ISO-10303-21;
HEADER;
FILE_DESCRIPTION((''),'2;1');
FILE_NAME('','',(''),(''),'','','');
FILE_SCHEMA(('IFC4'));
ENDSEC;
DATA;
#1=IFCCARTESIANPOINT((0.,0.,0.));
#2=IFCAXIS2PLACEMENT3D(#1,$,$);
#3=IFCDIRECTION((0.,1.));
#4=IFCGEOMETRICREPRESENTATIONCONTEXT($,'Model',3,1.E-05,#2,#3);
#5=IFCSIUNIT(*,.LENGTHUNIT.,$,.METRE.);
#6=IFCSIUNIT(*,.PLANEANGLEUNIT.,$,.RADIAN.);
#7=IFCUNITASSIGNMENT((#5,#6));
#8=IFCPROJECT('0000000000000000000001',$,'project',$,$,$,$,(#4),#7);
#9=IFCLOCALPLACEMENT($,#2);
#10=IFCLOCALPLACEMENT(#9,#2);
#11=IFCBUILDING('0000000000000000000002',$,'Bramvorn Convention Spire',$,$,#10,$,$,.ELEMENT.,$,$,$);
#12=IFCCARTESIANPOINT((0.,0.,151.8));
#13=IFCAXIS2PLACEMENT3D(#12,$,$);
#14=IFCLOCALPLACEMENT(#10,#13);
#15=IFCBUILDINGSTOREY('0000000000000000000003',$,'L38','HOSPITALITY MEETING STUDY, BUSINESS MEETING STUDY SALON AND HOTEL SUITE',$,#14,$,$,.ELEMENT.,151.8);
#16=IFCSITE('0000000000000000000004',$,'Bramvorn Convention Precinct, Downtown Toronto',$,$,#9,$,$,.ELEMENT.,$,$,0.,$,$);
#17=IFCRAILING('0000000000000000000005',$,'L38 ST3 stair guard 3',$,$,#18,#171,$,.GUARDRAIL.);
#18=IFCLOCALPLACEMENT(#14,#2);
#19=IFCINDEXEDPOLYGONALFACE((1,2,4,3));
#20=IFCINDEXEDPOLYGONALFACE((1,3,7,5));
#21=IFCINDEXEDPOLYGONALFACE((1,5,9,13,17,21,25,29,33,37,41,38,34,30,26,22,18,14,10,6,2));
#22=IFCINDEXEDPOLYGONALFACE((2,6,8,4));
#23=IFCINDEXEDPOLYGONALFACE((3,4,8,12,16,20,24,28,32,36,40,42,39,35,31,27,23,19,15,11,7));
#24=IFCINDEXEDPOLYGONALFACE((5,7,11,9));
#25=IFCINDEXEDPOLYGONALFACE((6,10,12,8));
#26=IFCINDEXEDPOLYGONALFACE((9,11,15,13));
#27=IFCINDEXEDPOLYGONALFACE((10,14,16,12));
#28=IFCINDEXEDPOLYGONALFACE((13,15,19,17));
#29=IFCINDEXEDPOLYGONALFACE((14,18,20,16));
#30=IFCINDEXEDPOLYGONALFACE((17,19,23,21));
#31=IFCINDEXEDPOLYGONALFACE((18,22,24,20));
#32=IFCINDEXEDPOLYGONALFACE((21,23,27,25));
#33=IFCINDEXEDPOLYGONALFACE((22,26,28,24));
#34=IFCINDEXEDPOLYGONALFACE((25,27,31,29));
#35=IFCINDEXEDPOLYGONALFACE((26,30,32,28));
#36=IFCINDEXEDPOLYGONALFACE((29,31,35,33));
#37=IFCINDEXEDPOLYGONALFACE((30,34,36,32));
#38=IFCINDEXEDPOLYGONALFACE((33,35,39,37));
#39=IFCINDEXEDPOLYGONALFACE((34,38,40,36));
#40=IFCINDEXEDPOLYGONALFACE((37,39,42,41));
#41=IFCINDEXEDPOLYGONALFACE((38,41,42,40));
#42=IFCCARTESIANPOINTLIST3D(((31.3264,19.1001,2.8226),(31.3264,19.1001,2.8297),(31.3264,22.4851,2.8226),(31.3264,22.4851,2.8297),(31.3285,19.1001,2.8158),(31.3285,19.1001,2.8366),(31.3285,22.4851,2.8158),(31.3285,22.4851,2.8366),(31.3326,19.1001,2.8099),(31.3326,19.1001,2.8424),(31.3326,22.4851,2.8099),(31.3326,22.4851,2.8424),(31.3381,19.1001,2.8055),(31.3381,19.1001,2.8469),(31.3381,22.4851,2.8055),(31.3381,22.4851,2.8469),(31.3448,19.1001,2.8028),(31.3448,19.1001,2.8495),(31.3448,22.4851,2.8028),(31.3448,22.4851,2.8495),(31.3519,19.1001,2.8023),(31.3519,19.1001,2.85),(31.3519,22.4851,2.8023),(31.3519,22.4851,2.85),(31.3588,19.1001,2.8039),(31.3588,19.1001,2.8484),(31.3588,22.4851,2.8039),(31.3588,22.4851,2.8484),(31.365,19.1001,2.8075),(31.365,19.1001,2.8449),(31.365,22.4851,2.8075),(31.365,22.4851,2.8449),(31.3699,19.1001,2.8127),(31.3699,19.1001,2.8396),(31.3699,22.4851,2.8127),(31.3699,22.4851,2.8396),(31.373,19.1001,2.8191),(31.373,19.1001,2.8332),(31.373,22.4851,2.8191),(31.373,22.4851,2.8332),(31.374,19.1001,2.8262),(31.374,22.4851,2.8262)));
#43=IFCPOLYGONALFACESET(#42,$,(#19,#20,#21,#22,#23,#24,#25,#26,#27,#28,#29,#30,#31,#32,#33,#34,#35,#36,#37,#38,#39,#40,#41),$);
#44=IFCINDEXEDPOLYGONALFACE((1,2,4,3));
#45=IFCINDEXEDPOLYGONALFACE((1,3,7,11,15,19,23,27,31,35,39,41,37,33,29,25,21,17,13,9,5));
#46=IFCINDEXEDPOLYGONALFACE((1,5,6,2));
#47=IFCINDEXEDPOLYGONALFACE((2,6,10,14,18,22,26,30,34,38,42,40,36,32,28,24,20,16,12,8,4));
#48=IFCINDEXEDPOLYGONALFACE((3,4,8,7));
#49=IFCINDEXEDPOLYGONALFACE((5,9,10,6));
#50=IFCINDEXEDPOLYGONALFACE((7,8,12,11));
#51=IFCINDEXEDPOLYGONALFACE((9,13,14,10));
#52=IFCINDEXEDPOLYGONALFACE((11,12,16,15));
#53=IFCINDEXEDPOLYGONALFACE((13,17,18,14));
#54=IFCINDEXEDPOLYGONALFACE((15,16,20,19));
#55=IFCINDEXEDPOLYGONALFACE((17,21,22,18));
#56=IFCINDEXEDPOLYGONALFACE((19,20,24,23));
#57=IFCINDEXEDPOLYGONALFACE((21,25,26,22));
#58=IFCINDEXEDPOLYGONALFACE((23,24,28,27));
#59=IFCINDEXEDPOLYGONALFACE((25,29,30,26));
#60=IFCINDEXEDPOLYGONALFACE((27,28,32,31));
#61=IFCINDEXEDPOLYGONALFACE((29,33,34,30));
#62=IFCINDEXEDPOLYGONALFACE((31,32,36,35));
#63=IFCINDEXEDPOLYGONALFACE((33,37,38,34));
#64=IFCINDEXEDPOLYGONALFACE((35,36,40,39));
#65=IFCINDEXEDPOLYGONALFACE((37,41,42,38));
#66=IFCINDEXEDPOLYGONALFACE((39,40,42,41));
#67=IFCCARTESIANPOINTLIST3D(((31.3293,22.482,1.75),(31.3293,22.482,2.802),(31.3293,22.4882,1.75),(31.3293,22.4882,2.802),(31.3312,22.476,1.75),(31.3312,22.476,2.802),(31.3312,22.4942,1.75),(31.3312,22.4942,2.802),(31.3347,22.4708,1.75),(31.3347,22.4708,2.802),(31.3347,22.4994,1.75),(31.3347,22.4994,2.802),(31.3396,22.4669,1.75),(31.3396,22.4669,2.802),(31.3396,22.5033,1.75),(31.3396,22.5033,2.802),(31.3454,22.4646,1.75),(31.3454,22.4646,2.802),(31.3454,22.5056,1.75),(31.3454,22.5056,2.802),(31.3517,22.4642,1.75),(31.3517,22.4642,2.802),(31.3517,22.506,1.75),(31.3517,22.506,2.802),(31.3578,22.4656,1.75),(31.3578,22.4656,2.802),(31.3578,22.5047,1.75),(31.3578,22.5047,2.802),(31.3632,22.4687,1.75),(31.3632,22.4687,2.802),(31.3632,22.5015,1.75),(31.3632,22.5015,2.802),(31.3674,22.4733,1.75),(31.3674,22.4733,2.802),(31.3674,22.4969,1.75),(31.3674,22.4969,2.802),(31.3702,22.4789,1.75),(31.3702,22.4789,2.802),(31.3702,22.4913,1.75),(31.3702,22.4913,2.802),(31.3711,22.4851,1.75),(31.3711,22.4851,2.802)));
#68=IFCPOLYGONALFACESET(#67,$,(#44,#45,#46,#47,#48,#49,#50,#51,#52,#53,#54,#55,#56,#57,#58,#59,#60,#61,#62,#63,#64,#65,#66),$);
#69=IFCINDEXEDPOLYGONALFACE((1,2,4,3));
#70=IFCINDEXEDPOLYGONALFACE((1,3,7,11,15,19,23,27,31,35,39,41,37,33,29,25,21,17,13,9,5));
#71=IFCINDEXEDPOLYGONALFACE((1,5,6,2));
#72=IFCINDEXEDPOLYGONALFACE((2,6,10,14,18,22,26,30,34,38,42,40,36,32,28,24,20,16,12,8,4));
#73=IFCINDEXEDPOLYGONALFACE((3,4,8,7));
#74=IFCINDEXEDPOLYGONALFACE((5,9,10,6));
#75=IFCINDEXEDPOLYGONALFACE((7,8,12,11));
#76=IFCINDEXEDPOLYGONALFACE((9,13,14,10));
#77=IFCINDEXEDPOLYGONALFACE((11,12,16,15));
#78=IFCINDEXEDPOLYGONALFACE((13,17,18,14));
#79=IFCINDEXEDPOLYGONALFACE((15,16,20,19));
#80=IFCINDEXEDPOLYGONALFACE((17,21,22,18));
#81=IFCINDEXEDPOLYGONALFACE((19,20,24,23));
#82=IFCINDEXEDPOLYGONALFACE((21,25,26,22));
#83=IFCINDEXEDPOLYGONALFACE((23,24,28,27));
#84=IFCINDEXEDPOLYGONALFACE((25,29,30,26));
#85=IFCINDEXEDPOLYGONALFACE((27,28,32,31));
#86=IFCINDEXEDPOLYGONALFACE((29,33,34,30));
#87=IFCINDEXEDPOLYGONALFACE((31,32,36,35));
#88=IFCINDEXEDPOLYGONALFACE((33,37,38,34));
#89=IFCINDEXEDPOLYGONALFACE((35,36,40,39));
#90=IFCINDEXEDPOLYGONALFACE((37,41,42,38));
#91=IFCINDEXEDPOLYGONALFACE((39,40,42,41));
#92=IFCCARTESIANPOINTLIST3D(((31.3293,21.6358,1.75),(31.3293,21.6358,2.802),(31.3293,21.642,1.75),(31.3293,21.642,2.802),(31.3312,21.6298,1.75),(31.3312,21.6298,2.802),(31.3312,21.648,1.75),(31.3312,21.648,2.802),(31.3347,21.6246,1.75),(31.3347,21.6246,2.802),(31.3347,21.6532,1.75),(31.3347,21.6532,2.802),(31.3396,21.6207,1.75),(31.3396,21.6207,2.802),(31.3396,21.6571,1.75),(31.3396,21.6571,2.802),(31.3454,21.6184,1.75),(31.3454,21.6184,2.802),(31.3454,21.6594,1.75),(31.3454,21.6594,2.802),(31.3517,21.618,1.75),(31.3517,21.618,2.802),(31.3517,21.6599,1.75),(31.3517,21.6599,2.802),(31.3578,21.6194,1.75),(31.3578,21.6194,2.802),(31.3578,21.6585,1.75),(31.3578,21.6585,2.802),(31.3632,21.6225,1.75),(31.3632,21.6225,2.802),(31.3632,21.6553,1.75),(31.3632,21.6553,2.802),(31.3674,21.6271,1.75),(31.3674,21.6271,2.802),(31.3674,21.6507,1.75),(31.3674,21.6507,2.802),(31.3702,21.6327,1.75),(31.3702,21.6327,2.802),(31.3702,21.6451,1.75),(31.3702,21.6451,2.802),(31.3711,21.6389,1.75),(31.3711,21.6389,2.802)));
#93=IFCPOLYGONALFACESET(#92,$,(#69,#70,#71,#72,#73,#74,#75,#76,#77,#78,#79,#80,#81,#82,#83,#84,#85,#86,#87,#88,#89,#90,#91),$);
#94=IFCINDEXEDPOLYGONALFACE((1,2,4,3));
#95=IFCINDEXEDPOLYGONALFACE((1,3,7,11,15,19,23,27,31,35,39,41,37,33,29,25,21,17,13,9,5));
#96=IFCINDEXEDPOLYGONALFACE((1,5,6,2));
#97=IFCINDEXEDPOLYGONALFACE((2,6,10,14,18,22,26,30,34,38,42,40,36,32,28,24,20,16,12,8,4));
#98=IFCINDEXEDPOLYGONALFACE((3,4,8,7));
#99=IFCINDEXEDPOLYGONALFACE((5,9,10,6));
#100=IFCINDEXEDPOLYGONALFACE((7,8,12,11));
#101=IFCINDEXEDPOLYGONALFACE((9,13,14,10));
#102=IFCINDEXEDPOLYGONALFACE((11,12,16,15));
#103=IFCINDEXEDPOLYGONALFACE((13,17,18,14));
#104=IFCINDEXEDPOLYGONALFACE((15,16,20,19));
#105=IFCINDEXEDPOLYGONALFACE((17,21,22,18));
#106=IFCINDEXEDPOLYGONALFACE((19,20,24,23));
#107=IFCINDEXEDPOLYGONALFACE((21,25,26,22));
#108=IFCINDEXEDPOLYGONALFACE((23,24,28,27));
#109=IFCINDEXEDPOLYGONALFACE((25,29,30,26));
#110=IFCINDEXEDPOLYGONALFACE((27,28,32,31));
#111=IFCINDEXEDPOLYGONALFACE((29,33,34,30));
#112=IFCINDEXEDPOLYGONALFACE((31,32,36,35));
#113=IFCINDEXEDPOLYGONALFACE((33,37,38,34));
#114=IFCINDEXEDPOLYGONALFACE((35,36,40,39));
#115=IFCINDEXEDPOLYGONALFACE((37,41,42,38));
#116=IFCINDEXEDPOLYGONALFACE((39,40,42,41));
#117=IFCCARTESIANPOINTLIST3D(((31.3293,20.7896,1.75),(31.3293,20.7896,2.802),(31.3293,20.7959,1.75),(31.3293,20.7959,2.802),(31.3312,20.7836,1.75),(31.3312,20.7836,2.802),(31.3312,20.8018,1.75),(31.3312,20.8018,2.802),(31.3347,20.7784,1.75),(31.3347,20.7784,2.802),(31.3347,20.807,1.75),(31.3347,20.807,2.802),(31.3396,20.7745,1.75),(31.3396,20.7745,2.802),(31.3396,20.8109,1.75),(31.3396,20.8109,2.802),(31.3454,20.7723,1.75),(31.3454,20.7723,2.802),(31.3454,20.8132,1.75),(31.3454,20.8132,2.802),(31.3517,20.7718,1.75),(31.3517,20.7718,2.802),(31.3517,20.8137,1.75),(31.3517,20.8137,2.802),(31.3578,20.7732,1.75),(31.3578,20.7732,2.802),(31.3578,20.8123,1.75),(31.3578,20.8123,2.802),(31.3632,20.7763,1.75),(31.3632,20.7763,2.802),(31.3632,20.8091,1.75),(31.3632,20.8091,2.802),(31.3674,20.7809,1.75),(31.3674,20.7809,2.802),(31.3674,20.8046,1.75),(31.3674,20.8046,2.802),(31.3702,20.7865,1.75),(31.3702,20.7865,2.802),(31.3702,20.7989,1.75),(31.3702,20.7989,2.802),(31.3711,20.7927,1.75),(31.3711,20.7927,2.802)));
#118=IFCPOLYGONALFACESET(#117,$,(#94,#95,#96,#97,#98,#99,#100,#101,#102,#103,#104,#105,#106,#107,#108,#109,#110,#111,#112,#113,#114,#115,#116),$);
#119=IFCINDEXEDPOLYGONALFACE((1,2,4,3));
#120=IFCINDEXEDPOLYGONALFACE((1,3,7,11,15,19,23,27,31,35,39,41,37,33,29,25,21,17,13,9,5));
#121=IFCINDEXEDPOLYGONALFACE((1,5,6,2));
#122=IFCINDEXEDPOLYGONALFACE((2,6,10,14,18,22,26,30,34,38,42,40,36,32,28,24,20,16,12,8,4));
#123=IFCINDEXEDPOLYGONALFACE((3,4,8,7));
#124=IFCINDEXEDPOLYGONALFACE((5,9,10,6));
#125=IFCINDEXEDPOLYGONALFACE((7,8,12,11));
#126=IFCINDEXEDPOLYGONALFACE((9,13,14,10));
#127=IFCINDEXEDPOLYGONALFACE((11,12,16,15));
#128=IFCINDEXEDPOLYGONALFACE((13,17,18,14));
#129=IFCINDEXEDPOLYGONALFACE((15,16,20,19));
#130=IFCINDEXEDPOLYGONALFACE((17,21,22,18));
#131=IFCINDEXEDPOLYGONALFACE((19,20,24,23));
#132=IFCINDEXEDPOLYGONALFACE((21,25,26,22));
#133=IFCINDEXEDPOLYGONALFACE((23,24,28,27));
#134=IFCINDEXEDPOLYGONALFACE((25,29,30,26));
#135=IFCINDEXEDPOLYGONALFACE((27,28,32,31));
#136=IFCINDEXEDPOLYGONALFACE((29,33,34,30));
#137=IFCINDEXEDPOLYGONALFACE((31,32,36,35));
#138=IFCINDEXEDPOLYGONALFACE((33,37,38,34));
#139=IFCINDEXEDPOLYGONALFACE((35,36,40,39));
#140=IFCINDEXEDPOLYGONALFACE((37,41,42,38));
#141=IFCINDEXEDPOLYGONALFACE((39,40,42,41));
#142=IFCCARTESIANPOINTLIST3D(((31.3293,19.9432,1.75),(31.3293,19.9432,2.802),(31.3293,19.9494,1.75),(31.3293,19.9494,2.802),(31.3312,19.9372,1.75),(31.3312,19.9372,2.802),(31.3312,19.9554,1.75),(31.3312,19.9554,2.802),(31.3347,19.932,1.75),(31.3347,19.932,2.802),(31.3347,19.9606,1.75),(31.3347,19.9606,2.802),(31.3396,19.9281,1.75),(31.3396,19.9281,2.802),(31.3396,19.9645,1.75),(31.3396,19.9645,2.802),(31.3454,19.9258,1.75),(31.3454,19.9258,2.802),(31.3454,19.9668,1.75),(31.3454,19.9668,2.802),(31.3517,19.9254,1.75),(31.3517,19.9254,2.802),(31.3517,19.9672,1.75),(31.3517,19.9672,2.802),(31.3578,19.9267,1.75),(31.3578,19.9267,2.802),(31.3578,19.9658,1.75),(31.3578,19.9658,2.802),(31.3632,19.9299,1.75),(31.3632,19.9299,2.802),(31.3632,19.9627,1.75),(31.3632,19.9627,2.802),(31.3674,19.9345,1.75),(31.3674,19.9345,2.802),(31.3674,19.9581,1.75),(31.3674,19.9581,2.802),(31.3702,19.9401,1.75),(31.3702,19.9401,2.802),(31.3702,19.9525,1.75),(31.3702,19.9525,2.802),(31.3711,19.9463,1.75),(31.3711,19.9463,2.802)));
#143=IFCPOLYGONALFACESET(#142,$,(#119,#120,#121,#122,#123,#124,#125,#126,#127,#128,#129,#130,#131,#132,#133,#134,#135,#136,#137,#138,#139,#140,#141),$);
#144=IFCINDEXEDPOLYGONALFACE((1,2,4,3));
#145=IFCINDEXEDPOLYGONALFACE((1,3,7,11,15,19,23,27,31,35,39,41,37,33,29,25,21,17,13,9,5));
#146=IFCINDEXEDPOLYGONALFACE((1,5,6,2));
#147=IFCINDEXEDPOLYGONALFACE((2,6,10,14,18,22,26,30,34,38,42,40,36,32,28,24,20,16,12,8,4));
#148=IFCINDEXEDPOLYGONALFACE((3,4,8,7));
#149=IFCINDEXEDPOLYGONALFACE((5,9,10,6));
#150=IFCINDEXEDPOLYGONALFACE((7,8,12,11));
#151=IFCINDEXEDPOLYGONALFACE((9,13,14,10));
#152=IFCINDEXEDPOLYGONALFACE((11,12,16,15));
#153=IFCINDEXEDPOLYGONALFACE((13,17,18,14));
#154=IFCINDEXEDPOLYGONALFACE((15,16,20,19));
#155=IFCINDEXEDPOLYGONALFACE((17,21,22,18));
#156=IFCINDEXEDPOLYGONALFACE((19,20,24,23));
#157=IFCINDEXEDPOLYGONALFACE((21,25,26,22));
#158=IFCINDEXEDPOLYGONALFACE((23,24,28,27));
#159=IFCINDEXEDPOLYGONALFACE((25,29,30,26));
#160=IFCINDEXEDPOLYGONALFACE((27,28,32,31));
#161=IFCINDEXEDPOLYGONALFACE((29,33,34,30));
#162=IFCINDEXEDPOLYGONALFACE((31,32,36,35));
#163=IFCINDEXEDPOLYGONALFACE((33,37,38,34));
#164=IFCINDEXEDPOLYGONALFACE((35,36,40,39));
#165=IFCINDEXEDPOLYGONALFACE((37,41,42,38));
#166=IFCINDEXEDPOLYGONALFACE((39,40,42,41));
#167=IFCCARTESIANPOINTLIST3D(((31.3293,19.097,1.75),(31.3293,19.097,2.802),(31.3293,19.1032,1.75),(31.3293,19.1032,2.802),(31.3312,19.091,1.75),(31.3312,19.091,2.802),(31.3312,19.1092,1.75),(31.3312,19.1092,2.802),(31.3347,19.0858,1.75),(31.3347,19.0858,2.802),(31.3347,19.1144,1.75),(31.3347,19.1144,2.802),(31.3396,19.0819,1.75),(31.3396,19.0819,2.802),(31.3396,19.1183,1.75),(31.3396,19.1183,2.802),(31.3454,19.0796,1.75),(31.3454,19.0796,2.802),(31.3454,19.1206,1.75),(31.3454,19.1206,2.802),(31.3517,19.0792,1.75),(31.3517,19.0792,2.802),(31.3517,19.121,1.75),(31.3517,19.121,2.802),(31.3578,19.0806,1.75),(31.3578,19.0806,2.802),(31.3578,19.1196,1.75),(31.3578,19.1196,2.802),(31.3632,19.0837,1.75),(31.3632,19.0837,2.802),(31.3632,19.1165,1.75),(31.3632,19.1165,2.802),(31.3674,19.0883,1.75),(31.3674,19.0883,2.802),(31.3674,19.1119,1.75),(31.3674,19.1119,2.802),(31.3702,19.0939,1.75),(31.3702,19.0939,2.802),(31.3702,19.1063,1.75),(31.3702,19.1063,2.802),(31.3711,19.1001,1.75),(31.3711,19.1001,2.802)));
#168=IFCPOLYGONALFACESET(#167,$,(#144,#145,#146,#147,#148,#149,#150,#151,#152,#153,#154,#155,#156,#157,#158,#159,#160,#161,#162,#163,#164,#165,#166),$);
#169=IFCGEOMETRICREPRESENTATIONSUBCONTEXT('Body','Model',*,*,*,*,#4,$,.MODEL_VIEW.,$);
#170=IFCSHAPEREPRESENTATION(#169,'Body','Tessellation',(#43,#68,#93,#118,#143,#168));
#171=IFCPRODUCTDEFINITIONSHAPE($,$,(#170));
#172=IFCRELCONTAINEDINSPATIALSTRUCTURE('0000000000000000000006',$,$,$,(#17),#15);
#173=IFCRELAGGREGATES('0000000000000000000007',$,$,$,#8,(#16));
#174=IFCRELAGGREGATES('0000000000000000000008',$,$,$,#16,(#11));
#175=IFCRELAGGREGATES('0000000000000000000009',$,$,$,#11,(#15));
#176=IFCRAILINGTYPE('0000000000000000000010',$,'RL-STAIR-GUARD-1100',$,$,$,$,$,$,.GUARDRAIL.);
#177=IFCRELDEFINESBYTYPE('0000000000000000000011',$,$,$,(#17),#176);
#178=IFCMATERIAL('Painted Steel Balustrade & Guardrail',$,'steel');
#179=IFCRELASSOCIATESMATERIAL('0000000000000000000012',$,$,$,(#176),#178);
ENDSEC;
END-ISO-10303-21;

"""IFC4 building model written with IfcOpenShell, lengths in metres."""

from ifc_helpers import new_model, si_unit, direction, frame, origin, origin_2d, place, context, subcontext, project, spatial, circle, extrude, material, type_object, element, save


model = new_model("IFC4")

# Units and contexts
model_context = context("Model", 3, precision=1e-05, world=origin(), true_north=direction((0.0, 1.0)))
body_context = subcontext(model_context, "Body", "Model", "MODEL_VIEW")
ifc_project = project(units=[si_unit("LENGTHUNIT", "METRE"), si_unit("PLANEANGLEUNIT", "RADIAN")], contexts=[model_context])

# Site, building, storey
site_placement = place(None, origin())
site = spatial("IfcSite", under=ifc_project, at=site_placement, Name="Bramvorn Convention Precinct, Downtown Toronto", CompositionType="ELEMENT", RefElevation=0.0)
building_placement = place(site_placement, origin())
building = spatial("IfcBuilding", under=site, at=building_placement, Name="Bramvorn Convention Spire", CompositionType="ELEMENT")
storey_placement = place(building_placement, frame((0.0, 0.0, 151.8)))
storey = spatial("IfcBuildingStorey", under=building, at=storey_placement, Name="L38", Description="HOSPITALITY MEETING STUDY, BUSINESS MEETING STUDY SALON AND HOTEL SUITE", CompositionType="ELEMENT", Elevation=151.8)

# Railing
ifc_material_1 = material(Name="Painted Steel Balustrade & Guardrail", Category="steel")
railing_type_1 = type_object("IfcRailingType", Name="RL-STAIR-GUARD-1100", PredefinedType="GUARDRAIL", material=ifc_material_1)
for number, where, name in (
    (1, (31.3501, 22.4851, 1.75), "L38 ST3 stair guard 3"),
):
    element("IfcRailing", number, at=place(storey_placement, frame(where)), inside=storey, type_object=railing_type_1, Name=name, PredefinedType="GUARDRAIL", context=body_context, shape_type="SweptSolid", body=[
        extrude(circle(Radius=0.0239, at=origin_2d()), frame((0.0, 0.0, 1.0762), z_axis=(0.0, -1.0, 0.0), x_axis=(1.0, 0.0, 0.0)), (0.0, 0.0, 1.0), 3.385),
        extrude(circle(Radius=0.021, at=origin_2d()), origin(), (0.0, 0.0, 1.0), 1.052),
        extrude(circle(Radius=0.021, at=origin_2d()), frame((0.0, -0.8462, 0.0)), (0.0, 0.0, 1.0), 1.052),
        extrude(circle(Radius=0.021, at=origin_2d()), frame((0.0, -1.6924, 0.0)), (0.0, 0.0, 1.0), 1.052),
        extrude(circle(Radius=0.021, at=origin_2d()), frame((0.0, -2.5388, 0.0)), (0.0, 0.0, 1.0), 1.052),
        extrude(circle(Radius=0.021, at=origin_2d()), frame((0.0, -3.385, 0.0)), (0.0, 0.0, 1.0), 1.052),
    ])

save(model, "model.ifc")
